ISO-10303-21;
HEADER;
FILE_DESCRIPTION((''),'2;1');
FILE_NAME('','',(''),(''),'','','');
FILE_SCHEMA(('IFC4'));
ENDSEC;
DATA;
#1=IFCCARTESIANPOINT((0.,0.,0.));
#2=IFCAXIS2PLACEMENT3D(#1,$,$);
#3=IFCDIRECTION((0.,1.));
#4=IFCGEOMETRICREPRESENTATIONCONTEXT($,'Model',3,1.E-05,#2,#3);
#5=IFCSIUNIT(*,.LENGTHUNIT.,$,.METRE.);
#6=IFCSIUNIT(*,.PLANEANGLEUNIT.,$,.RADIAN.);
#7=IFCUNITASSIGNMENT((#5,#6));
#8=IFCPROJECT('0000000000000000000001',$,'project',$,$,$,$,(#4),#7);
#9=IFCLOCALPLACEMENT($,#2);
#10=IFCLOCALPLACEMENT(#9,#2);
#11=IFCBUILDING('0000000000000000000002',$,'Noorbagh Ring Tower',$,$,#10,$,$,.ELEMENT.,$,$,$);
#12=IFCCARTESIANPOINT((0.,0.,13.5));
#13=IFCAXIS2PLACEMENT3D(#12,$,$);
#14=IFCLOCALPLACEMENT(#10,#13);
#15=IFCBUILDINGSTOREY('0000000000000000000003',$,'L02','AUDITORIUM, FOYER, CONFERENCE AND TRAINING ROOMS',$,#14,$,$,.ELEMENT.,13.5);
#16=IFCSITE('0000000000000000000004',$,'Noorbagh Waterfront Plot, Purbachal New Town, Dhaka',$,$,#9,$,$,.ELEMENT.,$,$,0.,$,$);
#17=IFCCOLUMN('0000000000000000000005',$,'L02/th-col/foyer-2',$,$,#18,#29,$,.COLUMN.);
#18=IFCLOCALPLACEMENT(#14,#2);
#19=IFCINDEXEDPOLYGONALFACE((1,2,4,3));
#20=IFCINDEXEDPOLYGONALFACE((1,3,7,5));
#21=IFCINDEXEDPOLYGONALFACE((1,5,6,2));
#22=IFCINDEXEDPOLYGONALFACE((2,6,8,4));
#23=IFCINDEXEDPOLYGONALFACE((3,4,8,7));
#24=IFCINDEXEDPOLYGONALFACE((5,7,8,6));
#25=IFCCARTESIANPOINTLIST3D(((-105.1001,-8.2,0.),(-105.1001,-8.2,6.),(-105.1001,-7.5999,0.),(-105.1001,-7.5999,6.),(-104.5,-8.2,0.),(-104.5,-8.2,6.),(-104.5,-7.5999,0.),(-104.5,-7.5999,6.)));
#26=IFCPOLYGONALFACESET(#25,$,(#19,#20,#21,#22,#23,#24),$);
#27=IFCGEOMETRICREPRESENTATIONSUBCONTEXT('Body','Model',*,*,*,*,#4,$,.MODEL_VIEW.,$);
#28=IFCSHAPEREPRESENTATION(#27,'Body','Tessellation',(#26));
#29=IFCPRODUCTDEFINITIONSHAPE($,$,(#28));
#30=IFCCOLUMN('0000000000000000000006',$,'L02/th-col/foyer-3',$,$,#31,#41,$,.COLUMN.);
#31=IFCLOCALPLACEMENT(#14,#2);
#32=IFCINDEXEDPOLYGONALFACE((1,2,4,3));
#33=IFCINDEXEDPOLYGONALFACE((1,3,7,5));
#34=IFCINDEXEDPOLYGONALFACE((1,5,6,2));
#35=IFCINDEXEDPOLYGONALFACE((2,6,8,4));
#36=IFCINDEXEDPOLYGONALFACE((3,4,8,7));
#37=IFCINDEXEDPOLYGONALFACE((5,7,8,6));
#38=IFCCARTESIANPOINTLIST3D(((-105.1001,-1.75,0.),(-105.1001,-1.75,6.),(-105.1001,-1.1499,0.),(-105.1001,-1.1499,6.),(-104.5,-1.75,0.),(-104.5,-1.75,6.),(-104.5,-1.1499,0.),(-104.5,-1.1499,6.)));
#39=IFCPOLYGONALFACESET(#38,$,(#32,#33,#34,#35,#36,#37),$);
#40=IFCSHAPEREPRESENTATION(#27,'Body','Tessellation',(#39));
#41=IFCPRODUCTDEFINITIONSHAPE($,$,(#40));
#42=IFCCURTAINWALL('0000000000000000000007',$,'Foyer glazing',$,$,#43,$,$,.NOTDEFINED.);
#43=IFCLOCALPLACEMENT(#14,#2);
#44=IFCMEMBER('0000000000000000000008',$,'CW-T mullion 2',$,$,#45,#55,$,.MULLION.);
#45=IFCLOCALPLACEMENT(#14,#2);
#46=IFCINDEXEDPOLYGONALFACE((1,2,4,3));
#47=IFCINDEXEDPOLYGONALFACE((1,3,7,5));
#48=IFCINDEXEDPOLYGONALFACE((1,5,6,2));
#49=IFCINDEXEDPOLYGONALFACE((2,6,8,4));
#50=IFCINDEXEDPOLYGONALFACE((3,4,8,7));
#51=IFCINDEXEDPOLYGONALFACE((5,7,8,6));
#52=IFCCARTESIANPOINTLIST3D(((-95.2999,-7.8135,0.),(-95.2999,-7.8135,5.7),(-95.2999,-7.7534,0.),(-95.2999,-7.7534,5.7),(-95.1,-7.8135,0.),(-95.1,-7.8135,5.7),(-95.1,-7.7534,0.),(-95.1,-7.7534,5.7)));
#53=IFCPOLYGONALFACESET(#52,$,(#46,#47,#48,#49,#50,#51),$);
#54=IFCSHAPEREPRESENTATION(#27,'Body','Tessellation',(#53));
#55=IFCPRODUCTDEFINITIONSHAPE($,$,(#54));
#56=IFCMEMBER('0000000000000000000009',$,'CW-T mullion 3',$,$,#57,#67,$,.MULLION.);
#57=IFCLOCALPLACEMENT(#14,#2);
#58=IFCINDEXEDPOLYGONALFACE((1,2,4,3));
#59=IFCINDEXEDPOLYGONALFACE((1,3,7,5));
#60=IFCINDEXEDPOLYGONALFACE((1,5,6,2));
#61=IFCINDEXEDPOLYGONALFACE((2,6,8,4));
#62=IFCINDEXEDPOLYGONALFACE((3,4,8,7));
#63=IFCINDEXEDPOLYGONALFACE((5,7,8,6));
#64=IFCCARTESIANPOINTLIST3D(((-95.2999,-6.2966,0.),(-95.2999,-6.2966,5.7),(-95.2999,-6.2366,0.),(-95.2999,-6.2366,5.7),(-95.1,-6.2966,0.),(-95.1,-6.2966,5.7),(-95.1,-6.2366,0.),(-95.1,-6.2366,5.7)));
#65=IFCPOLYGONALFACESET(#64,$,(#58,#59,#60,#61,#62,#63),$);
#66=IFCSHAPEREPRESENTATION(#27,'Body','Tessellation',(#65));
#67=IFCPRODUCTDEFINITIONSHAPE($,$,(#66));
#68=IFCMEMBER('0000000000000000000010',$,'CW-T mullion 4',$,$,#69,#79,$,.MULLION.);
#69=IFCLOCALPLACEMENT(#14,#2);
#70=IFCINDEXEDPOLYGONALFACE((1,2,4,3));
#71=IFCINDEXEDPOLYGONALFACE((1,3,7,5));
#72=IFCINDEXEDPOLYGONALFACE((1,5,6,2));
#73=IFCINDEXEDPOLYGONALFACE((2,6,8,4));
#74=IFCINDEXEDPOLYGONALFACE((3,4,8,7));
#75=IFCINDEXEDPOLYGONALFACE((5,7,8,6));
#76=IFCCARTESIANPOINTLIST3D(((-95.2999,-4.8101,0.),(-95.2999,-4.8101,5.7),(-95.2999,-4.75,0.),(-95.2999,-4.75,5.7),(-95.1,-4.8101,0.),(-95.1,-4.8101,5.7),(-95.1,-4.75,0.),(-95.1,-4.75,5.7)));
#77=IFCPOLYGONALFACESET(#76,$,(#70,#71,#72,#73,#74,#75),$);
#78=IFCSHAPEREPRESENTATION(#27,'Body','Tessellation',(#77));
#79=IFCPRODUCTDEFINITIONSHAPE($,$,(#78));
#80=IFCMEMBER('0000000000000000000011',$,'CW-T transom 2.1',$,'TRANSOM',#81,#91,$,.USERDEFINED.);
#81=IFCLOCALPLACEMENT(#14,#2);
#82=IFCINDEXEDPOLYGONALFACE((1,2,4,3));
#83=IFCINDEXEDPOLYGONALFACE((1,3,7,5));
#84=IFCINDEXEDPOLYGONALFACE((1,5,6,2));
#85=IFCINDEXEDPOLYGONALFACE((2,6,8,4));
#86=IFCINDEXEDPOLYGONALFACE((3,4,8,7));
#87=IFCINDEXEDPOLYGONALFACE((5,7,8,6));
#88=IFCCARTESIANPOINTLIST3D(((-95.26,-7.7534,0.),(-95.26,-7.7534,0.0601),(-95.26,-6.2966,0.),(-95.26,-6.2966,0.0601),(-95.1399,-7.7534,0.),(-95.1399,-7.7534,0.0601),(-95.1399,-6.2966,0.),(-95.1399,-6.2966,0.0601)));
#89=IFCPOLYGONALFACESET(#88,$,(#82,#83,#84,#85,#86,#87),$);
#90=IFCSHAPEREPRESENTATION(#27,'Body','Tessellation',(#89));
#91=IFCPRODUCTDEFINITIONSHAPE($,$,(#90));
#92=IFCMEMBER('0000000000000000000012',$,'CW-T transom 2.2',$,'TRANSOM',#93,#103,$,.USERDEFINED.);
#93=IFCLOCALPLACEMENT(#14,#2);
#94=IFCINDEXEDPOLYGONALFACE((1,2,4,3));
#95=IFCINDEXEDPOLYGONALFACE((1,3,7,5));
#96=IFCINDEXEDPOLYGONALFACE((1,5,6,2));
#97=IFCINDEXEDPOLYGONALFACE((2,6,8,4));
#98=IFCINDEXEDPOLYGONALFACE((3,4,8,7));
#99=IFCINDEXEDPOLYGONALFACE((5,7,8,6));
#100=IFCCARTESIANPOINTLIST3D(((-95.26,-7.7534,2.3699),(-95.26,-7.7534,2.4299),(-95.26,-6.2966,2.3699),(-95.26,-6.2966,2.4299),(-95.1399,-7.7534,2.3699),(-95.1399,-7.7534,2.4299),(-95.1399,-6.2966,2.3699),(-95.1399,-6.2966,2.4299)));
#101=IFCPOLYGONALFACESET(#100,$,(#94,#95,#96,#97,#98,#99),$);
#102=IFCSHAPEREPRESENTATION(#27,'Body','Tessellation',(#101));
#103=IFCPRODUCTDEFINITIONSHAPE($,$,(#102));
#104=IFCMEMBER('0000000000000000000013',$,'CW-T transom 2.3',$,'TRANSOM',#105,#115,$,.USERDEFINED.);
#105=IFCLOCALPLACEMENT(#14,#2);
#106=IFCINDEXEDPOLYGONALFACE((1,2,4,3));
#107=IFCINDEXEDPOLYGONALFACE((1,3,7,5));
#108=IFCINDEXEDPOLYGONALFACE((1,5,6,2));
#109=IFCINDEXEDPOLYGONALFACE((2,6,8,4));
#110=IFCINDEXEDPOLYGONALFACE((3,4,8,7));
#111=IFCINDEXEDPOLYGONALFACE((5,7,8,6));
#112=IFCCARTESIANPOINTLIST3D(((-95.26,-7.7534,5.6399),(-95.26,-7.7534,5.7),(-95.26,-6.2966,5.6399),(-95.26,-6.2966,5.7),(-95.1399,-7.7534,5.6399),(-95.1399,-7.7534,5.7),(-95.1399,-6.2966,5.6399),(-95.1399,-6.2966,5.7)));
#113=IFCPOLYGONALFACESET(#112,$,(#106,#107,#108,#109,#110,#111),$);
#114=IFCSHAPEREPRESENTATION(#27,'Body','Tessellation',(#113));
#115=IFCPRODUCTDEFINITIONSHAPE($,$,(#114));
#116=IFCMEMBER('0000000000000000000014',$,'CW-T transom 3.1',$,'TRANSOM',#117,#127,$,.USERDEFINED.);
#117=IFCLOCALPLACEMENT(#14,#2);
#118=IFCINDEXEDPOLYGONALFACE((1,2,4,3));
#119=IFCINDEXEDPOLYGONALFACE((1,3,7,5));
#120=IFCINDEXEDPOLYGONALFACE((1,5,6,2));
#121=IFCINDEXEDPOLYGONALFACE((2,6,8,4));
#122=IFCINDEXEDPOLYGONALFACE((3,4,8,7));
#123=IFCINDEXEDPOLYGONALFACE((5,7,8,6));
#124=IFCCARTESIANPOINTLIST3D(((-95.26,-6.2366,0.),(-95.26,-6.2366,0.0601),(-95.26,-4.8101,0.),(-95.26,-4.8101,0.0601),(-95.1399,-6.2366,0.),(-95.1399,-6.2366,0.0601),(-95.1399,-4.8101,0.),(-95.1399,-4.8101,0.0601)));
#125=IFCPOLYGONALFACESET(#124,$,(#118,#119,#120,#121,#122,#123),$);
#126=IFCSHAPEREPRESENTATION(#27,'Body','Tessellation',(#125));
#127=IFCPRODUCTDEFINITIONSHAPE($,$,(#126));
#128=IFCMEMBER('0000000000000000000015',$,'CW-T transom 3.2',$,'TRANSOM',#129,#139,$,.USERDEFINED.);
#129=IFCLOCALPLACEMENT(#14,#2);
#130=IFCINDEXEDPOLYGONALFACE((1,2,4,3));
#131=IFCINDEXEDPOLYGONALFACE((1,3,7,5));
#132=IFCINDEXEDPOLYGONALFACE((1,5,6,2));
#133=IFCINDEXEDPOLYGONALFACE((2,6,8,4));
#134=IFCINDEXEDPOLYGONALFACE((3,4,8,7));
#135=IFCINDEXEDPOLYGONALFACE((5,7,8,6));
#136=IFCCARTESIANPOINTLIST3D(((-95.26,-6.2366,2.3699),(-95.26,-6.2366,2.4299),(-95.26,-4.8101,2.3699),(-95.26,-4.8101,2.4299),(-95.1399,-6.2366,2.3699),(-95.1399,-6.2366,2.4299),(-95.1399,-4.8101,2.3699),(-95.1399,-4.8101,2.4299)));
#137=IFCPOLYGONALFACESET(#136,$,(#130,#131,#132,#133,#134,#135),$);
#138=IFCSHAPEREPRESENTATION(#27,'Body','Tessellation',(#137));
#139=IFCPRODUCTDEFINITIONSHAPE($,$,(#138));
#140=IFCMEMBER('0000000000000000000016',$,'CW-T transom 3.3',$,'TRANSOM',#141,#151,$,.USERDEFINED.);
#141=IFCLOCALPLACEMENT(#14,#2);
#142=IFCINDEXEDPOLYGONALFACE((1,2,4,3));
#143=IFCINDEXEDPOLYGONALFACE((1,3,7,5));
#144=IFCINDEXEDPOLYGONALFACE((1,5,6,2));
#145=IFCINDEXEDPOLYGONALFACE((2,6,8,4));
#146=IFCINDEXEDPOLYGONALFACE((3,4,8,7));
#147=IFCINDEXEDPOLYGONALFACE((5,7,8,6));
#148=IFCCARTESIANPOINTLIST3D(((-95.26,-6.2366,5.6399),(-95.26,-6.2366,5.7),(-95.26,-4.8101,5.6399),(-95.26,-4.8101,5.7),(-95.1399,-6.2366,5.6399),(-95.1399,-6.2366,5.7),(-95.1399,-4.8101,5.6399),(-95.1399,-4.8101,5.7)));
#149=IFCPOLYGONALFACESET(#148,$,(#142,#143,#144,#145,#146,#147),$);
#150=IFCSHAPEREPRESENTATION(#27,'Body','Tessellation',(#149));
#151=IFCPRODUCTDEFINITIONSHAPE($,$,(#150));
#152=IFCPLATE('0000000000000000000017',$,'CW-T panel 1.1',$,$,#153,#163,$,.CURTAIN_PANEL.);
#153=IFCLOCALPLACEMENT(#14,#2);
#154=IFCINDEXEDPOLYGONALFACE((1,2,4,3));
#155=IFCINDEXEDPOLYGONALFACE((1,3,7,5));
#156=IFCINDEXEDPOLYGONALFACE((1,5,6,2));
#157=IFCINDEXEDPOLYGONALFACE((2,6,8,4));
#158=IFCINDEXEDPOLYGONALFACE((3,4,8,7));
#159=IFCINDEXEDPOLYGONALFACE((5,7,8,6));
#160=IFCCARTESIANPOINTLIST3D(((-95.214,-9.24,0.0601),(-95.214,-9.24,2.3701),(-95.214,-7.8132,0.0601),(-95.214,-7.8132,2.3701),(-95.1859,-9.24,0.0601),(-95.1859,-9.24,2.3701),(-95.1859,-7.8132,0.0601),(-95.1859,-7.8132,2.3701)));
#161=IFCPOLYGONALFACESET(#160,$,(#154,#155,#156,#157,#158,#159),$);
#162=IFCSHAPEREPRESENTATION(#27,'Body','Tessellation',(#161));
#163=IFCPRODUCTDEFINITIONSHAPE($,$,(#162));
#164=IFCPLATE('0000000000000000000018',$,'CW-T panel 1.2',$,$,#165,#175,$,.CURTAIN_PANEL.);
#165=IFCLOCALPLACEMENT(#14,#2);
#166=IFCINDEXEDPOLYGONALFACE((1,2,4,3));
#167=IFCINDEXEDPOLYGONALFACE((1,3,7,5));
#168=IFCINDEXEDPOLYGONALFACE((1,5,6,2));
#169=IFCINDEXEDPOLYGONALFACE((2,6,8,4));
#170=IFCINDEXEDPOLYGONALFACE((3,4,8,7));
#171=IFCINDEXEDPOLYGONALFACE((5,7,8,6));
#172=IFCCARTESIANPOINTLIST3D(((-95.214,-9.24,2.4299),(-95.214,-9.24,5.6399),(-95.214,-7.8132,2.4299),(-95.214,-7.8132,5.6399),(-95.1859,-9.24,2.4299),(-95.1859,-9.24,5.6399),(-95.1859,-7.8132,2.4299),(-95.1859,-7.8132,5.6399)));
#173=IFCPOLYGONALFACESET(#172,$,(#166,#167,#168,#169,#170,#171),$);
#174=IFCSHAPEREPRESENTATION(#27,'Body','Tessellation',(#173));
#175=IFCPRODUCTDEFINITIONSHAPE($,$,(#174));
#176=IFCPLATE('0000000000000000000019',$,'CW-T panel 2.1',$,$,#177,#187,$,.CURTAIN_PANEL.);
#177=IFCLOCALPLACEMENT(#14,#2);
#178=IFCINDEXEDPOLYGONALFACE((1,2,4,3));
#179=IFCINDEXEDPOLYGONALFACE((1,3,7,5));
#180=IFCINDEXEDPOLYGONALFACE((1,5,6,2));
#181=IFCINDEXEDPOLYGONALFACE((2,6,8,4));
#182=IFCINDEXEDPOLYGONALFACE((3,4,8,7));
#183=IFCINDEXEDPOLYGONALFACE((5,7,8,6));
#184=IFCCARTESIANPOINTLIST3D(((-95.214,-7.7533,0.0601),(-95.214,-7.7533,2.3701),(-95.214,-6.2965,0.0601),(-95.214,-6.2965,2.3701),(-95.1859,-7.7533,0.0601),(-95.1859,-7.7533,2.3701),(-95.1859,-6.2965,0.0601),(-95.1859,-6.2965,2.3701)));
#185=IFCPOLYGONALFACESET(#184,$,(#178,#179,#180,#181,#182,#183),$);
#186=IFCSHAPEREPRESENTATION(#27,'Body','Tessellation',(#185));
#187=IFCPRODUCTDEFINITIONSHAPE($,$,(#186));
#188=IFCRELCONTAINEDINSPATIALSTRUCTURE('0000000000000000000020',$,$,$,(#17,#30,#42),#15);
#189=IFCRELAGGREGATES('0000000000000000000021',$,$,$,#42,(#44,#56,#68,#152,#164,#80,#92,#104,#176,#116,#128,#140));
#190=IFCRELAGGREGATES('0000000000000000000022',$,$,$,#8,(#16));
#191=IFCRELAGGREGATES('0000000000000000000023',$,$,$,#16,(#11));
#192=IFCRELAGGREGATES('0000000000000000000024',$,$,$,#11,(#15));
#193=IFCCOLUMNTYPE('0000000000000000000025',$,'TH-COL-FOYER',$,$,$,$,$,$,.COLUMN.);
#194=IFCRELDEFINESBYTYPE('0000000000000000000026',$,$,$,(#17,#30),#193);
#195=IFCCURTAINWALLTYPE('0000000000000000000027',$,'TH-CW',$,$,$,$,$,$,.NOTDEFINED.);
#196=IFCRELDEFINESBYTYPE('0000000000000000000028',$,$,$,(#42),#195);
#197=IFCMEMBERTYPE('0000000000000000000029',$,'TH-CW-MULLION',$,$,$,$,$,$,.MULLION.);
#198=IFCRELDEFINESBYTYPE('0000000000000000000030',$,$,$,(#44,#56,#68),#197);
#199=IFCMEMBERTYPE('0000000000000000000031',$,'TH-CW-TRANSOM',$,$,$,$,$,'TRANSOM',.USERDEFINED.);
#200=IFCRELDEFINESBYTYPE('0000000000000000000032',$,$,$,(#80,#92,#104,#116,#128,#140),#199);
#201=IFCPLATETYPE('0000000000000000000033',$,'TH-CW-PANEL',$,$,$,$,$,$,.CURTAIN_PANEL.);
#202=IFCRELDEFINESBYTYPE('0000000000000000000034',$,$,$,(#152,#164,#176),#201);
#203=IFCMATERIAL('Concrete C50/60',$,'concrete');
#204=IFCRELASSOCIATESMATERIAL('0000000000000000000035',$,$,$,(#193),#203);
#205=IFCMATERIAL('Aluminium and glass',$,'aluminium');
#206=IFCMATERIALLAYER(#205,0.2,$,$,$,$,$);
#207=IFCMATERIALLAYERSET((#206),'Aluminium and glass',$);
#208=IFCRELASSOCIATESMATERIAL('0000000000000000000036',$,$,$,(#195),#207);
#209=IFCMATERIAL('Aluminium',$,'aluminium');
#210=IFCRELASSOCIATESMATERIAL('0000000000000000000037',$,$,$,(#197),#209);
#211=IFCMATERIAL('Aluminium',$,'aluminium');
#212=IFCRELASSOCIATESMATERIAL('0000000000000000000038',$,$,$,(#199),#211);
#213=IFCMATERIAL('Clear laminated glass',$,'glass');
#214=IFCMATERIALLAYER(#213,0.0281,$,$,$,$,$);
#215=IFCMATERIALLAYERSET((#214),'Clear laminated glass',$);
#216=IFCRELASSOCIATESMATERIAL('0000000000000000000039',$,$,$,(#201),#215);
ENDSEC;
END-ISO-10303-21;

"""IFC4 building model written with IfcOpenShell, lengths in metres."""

from ifc_helpers import new_model, si_unit, direction, frame, origin, origin_2d, place, context, subcontext, project, spatial, rectangle, extrude, material, layer, layer_set, material_profile, profile_set, type_object, element, aggregate, save


model = new_model("IFC4")

# Units and contexts
model_context = context("Model", 3, precision=1e-05, world=origin(), true_north=direction((0.0, 1.0)))
body_context = subcontext(model_context, "Body", "Model", "MODEL_VIEW")
ifc_project = project(units=[si_unit("LENGTHUNIT", "METRE"), si_unit("PLANEANGLEUNIT", "RADIAN")], contexts=[model_context])

# Site, building, storey
site_placement = place(None, origin())
site = spatial("IfcSite", under=ifc_project, at=site_placement, Name="Noorbagh Waterfront Plot, Purbachal New Town, Dhaka", CompositionType="ELEMENT", RefElevation=0.0)
building_placement = place(site_placement, origin())
building = spatial("IfcBuilding", under=site, at=building_placement, Name="Noorbagh Ring Tower", CompositionType="ELEMENT")
storey_placement = place(building_placement, frame((0.0, 0.0, 13.5)))
storey = spatial("IfcBuildingStorey", under=building, at=storey_placement, Name="L02", Description="AUDITORIUM, FOYER, CONFERENCE AND TRAINING ROOMS", CompositionType="ELEMENT", Elevation=13.5)

# Columns
ifc_material_1 = material(Name="Concrete C50/60", Category="concrete")
ifc_material_profile_1 = material_profile(ifc_material_1, rectangle(XDim=0.6001, YDim=0.6001, at=origin_2d()), Name="RC600x600")
ifc_profile_set_1 = profile_set([ifc_material_profile_1], Name="Concrete C50/60")
column_type = type_object("IfcColumnType", Name="TH-COL-FOYER", PredefinedType="COLUMN", material=ifc_profile_set_1)
for number, where, z_axis, x_axis, name in (
    (1, (-104.8, -7.8999, 0.0), (0.0, 0.0, 1.0), (1.0, 0.0, 0.0), "L02/th-col/foyer-2"),
    (2, (-104.8, -1.45, 0.0), (0.0, 0.0, 1.0), (1.0, 0.0, 0.0), "L02/th-col/foyer-3"),
):
    element("IfcColumn", number, at=place(storey_placement, frame(where, z_axis=z_axis, x_axis=x_axis)), inside=storey, type_object=column_type, Name=name, PredefinedType="COLUMN", context=body_context, shape_type="SweptSolid", body=[
        extrude(rectangle(XDim=0.6001, YDim=0.6001, at=origin_2d()), origin(), (0.0, 0.0, 1.0), 6.0),
    ])

# Curtain wall, members, plates
ifc_material_2 = material(Name="Aluminium and glass", Category="aluminium")
ifc_layer_1 = layer(ifc_material_2, 0.2)
ifc_layer_set_1 = layer_set([ifc_layer_1], Name="Aluminium and glass")
curtain_wall_type = type_object("IfcCurtainWallType", Name="TH-CW", PredefinedType="NOTDEFINED", material=ifc_layer_set_1)
curtain_wall_placement = place(storey_placement, origin())
curtain_wall = element("IfcCurtainWall", 3, at=curtain_wall_placement, inside=storey, type_object=curtain_wall_type, Name="Foyer glazing", PredefinedType="NOTDEFINED")
ifc_material_3 = material(Name="Aluminium", Category="aluminium")
ifc_material_profile_2 = material_profile(ifc_material_3, rectangle(XDim=0.2, YDim=0.0601, at=origin_2d()), Name="AL 200x60")
ifc_profile_set_2 = profile_set([ifc_material_profile_2], Name="Aluminium")
member_type_1 = type_object("IfcMemberType", Name="TH-CW-MULLION", PredefinedType="MULLION", material=ifc_profile_set_2)
member_1_placement = place(storey_placement, frame((-95.2, -7.7834, 0.0), z_axis=(0.0, 0.0, 1.0), x_axis=(-1.0, 0.0, 0.0)))
member_1 = element("IfcMember", 4, at=member_1_placement, type_object=member_type_1, Name="CW-T mullion 2", PredefinedType="MULLION", context=body_context, shape_type="SweptSolid", body=[
    extrude(rectangle(XDim=0.2, YDim=0.0601, at=origin_2d()), origin(), (0.0, 0.0, 1.0), 5.7),
])
member_2_placement = place(storey_placement, frame((-95.2, -6.2666, 0.0), z_axis=(0.0, 0.0, 1.0), x_axis=(-1.0, 0.0, 0.0)))
member_2 = element("IfcMember", 5, at=member_2_placement, type_object=member_type_1, Name="CW-T mullion 3", PredefinedType="MULLION", context=body_context, shape_type="SweptSolid", body=[
    extrude(rectangle(XDim=0.2, YDim=0.0601, at=origin_2d()), origin(), (0.0, 0.0, 1.0), 5.7),
])
member_3_placement = place(storey_placement, frame((-95.2, -4.78, 0.0), z_axis=(0.0, 0.0, 1.0), x_axis=(-1.0, 0.0, 0.0)))
member_3 = element("IfcMember", 6, at=member_3_placement, type_object=member_type_1, Name="CW-T mullion 4", PredefinedType="MULLION", context=body_context, shape_type="SweptSolid", body=[
    extrude(rectangle(XDim=0.2, YDim=0.0601, at=origin_2d()), origin(), (0.0, 0.0, 1.0), 5.7),
])
ifc_material_4 = material(Name="Aluminium", Category="aluminium")
ifc_material_profile_3 = material_profile(ifc_material_4, rectangle(XDim=0.1201, YDim=0.0601, at=origin_2d()), Name="AL 120x60")
ifc_profile_set_3 = profile_set([ifc_material_profile_3], Name="Aluminium")
member_type_2 = type_object("IfcMemberType", Name="TH-CW-TRANSOM", ElementType="TRANSOM", PredefinedType="USERDEFINED", material=ifc_profile_set_3)
member_4_placement = place(storey_placement, frame((-95.2, -7.7534, 0.03), z_axis=(0.0, 1.0, 0.0), x_axis=(-1.0, 0.0, 0.0)))
member_4 = element("IfcMember", 7, at=member_4_placement, type_object=member_type_2, Name="CW-T transom 2.1", ObjectType="TRANSOM", PredefinedType="USERDEFINED", context=body_context, shape_type="SweptSolid", body=[
    extrude(rectangle(XDim=0.1201, YDim=0.0601, at=origin_2d()), origin(), (0.0, 0.0, 1.0), 1.4568),
])
member_5_placement = place(storey_placement, frame((-95.2, -7.7534, 2.3999), z_axis=(0.0, 1.0, 0.0), x_axis=(-1.0, 0.0, 0.0)))
member_5 = element("IfcMember", 8, at=member_5_placement, type_object=member_type_2, Name="CW-T transom 2.2", ObjectType="TRANSOM", PredefinedType="USERDEFINED", context=body_context, shape_type="SweptSolid", body=[
    extrude(rectangle(XDim=0.1201, YDim=0.0601, at=origin_2d()), origin(), (0.0, 0.0, 1.0), 1.4568),
])
member_6_placement = place(storey_placement, frame((-95.2, -7.7534, 5.6699), z_axis=(0.0, 1.0, 0.0), x_axis=(-1.0, 0.0, 0.0)))
member_6 = element("IfcMember", 9, at=member_6_placement, type_object=member_type_2, Name="CW-T transom 2.3", ObjectType="TRANSOM", PredefinedType="USERDEFINED", context=body_context, shape_type="SweptSolid", body=[
    extrude(rectangle(XDim=0.1201, YDim=0.0601, at=origin_2d()), origin(), (0.0, 0.0, 1.0), 1.4568),
])
member_7_placement = place(storey_placement, frame((-95.2, -6.2366, 0.03), z_axis=(0.0, 1.0, 0.0), x_axis=(-1.0, 0.0, 0.0)))
member_7 = element("IfcMember", 10, at=member_7_placement, type_object=member_type_2, Name="CW-T transom 3.1", ObjectType="TRANSOM", PredefinedType="USERDEFINED", context=body_context, shape_type="SweptSolid", body=[
    extrude(rectangle(XDim=0.1201, YDim=0.0601, at=origin_2d()), origin(), (0.0, 0.0, 1.0), 1.4265),
])
member_8_placement = place(storey_placement, frame((-95.2, -6.2366, 2.3999), z_axis=(0.0, 1.0, 0.0), x_axis=(-1.0, 0.0, 0.0)))
member_8 = element("IfcMember", 11, at=member_8_placement, type_object=member_type_2, Name="CW-T transom 3.2", ObjectType="TRANSOM", PredefinedType="USERDEFINED", context=body_context, shape_type="SweptSolid", body=[
    extrude(rectangle(XDim=0.1201, YDim=0.0601, at=origin_2d()), origin(), (0.0, 0.0, 1.0), 1.4265),
])
member_9_placement = place(storey_placement, frame((-95.2, -6.2366, 5.6699), z_axis=(0.0, 1.0, 0.0), x_axis=(-1.0, 0.0, 0.0)))
member_9 = element("IfcMember", 12, at=member_9_placement, type_object=member_type_2, Name="CW-T transom 3.3", ObjectType="TRANSOM", PredefinedType="USERDEFINED", context=body_context, shape_type="SweptSolid", body=[
    extrude(rectangle(XDim=0.1201, YDim=0.0601, at=origin_2d()), origin(), (0.0, 0.0, 1.0), 1.4265),
])
ifc_material_5 = material(Name="Clear laminated glass", Category="glass")
ifc_layer_2 = layer(ifc_material_5, 0.0281)
ifc_layer_set_2 = layer_set([ifc_layer_2], Name="Clear laminated glass")
plate_type = type_object("IfcPlateType", Name="TH-CW-PANEL", PredefinedType="CURTAIN_PANEL", material=ifc_layer_set_2)
plate_1_placement = place(storey_placement, frame((-95.2, -8.5266, 0.0601), z_axis=(0.0, 0.0, 1.0), x_axis=(0.0, 1.0, 0.0)))
plate_1 = element("IfcPlate", 13, at=plate_1_placement, type_object=plate_type, Name="CW-T panel 1.1", PredefinedType="CURTAIN_PANEL", context=body_context, shape_type="SweptSolid", body=[
    extrude(rectangle(XDim=1.4268, YDim=0.0281, at=origin_2d()), origin(), (0.0, 0.0, 1.0), 2.3101),
])
plate_2_placement = place(storey_placement, frame((-95.2, -8.5266, 2.4299), z_axis=(0.0, 0.0, 1.0), x_axis=(0.0, 1.0, 0.0)))
plate_2 = element("IfcPlate", 14, at=plate_2_placement, type_object=plate_type, Name="CW-T panel 1.2", PredefinedType="CURTAIN_PANEL", context=body_context, shape_type="SweptSolid", body=[
    extrude(rectangle(XDim=1.4268, YDim=0.0281, at=origin_2d()), origin(), (0.0, 0.0, 1.0), 3.21),
])
plate_3_placement = place(storey_placement, frame((-95.2, -7.0249, 0.0601), z_axis=(0.0, 0.0, 1.0), x_axis=(0.0, 1.0, 0.0)))
plate_3 = element("IfcPlate", 15, at=plate_3_placement, type_object=plate_type, Name="CW-T panel 2.1", PredefinedType="CURTAIN_PANEL", context=body_context, shape_type="SweptSolid", body=[
    extrude(rectangle(XDim=1.4568, YDim=0.0281, at=origin_2d()), origin(), (0.0, 0.0, 1.0), 2.3101),
])
aggregate(curtain_wall, [member_1, member_2, member_3, plate_1, plate_2, member_4, member_5, member_6, plate_3, member_7, member_8, member_9])

save(model, "model.ifc")
